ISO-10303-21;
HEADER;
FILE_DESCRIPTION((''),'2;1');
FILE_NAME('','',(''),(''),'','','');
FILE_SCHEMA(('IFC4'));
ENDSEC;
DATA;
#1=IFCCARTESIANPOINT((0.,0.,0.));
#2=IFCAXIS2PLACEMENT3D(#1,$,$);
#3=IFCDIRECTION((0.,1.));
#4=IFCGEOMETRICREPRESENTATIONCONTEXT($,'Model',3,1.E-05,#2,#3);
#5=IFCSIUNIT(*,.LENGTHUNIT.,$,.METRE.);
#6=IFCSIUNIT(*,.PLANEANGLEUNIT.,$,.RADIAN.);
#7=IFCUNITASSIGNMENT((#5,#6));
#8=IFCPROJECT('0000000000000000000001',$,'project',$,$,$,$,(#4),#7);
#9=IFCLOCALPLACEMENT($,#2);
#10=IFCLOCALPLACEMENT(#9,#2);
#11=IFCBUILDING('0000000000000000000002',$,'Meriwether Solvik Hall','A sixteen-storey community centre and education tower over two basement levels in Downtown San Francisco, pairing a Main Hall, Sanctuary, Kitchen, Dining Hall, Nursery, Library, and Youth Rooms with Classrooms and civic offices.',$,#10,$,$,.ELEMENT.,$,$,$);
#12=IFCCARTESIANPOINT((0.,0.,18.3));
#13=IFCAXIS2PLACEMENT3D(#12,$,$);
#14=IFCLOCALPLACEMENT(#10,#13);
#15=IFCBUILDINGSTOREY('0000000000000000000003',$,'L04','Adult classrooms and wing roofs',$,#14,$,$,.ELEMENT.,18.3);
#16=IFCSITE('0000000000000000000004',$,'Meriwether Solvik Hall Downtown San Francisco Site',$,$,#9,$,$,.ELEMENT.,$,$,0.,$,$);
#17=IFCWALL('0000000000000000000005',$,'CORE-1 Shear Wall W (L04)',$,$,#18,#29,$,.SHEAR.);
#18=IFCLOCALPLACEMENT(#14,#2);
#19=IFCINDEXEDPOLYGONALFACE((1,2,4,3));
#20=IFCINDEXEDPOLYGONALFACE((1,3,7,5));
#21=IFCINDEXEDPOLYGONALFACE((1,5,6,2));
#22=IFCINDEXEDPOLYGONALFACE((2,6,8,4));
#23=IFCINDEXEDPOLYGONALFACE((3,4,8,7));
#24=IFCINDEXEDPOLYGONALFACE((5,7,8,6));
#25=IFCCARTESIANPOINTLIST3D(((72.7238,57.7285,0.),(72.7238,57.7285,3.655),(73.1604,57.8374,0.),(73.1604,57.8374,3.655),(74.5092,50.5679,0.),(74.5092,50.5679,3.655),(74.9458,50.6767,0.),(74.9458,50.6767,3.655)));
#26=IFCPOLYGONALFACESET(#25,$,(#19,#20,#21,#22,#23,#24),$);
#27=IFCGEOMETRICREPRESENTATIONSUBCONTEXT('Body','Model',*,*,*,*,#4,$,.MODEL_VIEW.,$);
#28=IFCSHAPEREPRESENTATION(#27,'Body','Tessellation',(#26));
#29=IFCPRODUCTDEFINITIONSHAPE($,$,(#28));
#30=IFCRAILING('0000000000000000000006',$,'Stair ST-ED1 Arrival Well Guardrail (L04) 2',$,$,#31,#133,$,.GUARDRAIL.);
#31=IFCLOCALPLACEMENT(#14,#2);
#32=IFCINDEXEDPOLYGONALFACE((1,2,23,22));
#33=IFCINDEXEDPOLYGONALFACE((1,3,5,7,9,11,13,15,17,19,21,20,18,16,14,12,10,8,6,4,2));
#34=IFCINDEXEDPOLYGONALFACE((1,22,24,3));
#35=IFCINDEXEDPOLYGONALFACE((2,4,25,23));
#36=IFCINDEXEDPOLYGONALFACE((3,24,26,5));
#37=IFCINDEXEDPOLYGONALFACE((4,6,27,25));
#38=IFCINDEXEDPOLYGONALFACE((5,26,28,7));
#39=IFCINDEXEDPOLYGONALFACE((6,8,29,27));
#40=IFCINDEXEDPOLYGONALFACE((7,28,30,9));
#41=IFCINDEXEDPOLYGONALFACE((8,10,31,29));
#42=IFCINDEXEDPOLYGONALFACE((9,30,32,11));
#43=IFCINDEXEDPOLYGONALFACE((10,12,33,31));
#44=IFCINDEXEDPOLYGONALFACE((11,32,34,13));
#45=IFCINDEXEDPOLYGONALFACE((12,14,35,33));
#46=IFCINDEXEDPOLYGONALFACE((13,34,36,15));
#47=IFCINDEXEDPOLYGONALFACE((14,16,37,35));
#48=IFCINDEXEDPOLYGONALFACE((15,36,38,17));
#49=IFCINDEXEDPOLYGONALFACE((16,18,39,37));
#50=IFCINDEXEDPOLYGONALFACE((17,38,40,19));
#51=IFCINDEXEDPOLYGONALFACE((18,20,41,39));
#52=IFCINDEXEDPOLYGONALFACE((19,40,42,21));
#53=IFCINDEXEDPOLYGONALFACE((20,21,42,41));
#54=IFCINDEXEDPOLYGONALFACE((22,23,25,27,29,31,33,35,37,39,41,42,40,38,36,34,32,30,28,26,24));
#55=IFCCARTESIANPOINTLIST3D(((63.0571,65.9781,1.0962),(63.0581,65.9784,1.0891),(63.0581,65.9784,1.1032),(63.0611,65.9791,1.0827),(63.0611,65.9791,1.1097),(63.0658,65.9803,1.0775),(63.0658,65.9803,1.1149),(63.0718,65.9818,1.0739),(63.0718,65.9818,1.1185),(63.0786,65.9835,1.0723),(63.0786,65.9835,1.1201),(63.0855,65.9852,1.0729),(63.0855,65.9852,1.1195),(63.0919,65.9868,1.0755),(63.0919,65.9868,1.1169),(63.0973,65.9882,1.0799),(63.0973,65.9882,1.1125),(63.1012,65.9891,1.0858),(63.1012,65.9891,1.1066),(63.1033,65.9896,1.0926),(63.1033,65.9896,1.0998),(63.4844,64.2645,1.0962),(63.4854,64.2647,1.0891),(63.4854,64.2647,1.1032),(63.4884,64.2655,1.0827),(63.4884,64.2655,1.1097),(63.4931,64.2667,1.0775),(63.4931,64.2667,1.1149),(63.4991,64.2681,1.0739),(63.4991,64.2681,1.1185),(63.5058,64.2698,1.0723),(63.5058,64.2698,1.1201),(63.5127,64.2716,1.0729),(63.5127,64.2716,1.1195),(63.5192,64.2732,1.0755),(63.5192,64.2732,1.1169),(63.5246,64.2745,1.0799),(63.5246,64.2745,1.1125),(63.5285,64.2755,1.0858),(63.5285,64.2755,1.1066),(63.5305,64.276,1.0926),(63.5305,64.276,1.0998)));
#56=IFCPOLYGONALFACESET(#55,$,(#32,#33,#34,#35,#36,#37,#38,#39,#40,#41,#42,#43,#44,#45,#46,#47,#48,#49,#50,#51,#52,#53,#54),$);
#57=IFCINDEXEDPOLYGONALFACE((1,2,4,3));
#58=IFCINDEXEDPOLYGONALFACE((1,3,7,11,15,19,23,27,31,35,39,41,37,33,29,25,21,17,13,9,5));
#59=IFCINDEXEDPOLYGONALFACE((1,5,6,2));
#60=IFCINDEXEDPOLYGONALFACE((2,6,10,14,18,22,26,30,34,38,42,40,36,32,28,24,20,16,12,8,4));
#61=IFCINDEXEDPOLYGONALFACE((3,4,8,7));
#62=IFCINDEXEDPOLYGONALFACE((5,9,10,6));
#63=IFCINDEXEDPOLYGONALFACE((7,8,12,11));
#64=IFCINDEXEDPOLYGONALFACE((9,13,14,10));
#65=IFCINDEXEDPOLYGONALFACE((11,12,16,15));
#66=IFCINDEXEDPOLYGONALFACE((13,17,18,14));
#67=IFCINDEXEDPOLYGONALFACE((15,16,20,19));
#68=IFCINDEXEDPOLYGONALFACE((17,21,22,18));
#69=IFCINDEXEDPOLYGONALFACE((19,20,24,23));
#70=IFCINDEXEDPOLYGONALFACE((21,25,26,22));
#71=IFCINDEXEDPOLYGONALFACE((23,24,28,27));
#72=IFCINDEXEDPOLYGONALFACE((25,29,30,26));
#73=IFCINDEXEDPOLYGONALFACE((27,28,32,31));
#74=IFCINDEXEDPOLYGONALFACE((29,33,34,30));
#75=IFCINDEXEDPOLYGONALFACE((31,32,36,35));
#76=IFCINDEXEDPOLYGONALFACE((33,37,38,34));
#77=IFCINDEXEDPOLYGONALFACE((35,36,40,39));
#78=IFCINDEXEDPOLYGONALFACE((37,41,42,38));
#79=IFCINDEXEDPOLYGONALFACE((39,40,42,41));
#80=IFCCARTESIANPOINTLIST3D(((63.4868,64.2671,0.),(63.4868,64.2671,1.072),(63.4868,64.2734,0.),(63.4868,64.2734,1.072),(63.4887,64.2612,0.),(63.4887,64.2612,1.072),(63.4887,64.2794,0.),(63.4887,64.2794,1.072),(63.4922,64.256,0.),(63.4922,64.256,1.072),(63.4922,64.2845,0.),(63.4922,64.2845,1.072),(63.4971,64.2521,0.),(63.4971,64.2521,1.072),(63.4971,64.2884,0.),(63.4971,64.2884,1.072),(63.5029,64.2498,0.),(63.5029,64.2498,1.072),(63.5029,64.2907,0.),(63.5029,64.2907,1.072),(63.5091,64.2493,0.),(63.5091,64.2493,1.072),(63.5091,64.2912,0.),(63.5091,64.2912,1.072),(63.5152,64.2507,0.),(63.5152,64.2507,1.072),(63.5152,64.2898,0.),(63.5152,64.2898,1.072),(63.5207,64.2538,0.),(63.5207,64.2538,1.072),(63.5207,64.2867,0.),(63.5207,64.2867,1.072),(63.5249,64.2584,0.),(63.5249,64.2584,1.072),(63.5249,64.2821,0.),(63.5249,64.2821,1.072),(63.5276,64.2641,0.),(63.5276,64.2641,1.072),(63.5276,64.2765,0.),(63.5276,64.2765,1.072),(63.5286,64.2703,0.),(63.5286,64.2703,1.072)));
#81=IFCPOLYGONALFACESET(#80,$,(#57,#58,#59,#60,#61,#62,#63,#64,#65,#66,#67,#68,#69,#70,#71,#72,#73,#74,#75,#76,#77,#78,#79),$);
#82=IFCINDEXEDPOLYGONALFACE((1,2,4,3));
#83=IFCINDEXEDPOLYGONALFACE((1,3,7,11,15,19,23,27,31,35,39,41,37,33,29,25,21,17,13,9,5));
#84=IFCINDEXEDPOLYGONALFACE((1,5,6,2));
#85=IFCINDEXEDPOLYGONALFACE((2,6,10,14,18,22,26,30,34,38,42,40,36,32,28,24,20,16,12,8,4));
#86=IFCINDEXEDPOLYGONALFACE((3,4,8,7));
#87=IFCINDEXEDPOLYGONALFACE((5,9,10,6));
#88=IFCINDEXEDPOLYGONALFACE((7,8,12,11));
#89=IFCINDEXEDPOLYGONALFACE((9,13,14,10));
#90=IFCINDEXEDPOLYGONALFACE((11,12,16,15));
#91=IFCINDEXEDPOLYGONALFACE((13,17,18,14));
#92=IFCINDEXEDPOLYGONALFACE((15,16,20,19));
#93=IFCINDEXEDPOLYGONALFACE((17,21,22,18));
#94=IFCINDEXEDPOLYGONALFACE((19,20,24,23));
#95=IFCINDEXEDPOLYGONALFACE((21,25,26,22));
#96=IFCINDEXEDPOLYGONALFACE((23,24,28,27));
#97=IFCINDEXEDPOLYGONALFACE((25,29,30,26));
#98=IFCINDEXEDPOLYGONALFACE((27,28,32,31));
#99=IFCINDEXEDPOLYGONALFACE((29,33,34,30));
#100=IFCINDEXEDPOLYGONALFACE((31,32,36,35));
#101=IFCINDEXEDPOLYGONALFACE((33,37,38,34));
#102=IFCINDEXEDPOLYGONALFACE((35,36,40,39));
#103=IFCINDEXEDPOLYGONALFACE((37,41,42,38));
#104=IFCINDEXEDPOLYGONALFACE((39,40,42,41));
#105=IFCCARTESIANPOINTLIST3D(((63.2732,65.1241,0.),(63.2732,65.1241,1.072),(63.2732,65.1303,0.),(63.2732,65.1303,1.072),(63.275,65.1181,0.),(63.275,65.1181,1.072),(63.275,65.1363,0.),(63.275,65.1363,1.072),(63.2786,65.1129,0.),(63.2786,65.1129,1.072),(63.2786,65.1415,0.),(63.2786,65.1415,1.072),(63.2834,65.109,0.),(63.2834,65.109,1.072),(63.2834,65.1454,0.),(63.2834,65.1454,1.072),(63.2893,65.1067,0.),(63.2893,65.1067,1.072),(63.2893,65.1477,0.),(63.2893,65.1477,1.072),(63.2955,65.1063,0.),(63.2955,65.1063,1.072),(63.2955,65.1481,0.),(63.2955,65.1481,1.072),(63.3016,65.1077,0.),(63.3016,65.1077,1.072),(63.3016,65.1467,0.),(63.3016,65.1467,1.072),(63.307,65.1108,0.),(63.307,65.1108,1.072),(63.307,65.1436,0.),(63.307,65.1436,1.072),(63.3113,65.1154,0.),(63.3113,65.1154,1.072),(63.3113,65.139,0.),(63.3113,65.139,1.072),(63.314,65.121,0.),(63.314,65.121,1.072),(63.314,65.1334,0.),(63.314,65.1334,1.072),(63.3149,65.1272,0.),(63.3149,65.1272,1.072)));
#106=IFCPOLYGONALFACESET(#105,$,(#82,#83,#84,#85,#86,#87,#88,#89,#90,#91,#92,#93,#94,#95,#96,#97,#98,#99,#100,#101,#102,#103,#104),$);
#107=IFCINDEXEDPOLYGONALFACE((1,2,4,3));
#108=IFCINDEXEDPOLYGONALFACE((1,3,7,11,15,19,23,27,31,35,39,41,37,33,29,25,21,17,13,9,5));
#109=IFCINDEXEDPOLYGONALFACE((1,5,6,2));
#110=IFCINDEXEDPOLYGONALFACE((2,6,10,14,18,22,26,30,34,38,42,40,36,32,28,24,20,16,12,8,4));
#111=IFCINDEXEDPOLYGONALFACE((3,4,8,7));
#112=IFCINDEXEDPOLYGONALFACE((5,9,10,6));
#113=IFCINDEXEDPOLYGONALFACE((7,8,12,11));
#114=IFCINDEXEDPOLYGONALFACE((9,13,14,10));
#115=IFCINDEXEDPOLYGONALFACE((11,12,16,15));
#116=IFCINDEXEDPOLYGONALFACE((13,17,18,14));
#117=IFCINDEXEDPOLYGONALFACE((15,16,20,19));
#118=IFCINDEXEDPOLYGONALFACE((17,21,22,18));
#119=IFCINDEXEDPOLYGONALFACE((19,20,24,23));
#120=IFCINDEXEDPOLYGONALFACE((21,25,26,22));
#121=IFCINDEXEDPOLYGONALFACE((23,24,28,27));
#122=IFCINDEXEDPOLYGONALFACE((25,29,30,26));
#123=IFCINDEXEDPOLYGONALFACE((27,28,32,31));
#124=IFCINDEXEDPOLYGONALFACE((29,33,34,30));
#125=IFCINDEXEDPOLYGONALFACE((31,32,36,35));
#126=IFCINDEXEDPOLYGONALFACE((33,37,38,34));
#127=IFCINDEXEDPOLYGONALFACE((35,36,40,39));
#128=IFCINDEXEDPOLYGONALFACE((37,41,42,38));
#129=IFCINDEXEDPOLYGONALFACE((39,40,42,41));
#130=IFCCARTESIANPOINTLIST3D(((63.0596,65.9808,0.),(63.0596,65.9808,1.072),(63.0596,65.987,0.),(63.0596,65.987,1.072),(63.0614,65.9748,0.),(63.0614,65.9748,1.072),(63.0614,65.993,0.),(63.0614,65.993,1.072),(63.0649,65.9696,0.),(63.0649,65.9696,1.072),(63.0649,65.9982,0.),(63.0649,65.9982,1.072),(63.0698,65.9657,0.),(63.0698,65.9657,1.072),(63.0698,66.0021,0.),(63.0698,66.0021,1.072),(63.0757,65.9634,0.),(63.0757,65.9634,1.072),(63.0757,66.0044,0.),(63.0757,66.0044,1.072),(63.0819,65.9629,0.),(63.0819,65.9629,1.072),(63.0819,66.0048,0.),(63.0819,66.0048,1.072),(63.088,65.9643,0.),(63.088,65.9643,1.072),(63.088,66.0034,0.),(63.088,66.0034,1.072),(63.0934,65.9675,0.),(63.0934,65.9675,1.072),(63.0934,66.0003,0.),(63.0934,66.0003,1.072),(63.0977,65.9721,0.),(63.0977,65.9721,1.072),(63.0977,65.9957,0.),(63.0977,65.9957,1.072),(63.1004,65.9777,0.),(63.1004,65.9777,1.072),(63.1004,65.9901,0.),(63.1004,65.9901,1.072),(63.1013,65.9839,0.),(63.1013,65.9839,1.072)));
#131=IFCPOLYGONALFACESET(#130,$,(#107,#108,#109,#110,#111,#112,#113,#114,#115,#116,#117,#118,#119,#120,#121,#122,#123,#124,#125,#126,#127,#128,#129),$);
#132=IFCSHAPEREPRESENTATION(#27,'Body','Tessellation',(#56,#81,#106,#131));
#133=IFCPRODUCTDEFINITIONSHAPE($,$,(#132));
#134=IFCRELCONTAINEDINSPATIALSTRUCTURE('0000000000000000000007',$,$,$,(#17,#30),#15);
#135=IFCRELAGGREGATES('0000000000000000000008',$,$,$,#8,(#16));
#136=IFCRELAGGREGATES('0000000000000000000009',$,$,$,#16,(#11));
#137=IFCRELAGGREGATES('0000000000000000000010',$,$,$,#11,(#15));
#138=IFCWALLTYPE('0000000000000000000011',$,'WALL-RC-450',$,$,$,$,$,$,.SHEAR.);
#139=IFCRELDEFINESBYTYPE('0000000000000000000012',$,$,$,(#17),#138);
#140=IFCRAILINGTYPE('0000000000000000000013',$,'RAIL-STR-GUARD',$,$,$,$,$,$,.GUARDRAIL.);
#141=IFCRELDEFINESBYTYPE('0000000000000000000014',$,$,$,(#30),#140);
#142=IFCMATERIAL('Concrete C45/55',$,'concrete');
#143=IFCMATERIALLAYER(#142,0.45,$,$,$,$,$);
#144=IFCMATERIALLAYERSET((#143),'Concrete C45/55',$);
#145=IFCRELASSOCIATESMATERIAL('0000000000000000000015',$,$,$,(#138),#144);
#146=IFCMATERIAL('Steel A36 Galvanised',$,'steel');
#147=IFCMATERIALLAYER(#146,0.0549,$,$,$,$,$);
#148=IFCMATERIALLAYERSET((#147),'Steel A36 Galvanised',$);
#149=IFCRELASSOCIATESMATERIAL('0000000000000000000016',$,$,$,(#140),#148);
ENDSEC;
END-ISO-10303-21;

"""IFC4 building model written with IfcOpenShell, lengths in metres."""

from ifc_helpers import new_model, si_unit, direction, frame, frame_2d, origin, origin_2d, place, context, subcontext, project, spatial, rectangle, circle, extrude, material, layer, layer_set, type_object, element, save


model = new_model("IFC4")

# Units and contexts
model_context = context("Model", 3, precision=1e-05, world=origin(), true_north=direction((0.0, 1.0)))
body_context = subcontext(model_context, "Body", "Model", "MODEL_VIEW")
ifc_project = project(units=[si_unit("LENGTHUNIT", "METRE"), si_unit("PLANEANGLEUNIT", "RADIAN")], contexts=[model_context])

# Site, building, storey
site_placement = place(None, origin())
site = spatial("IfcSite", under=ifc_project, at=site_placement, Name="Meriwether Solvik Hall Downtown San Francisco Site", CompositionType="ELEMENT", RefElevation=0.0)
building_placement = place(site_placement, origin())
building = spatial("IfcBuilding", under=site, at=building_placement, Name="Meriwether Solvik Hall", Description="A sixteen-storey community centre and education tower over two basement levels in Downtown San Francisco, pairing a Main Hall, Sanctuary, Kitchen, Dining Hall, Nursery, Library, and Youth Rooms with Classrooms and civic offices.", CompositionType="ELEMENT")
storey_placement = place(building_placement, frame((0.0, 0.0, 18.3)))
storey = spatial("IfcBuildingStorey", under=building, at=storey_placement, Name="L04", Description="Adult classrooms and wing roofs", CompositionType="ELEMENT", Elevation=18.3)

# Wall
ifc_material_1 = material(Name="Concrete C45/55", Category="concrete")
ifc_layer_1 = layer(ifc_material_1, 0.45)
ifc_layer_set_1 = layer_set([ifc_layer_1], Name="Concrete C45/55")
wall_type_1 = type_object("IfcWallType", Name="WALL-RC-450", PredefinedType="SHEAR", material=ifc_layer_set_1)
wall_1_placement = place(storey_placement, frame((72.9421, 57.783, 0.0), z_axis=(0.0, 0.0, 1.0), x_axis=(0.241928, -0.970294, 0.0)))
element("IfcWall", 1, at=wall_1_placement, inside=storey, type_object=wall_type_1, Name="CORE-1 Shear Wall W (L04)", PredefinedType="SHEAR", context=body_context, shape_type="SweptSolid", body=[
    extrude(rectangle(XDim=7.3799, YDim=0.45, at=frame_2d((3.6899, 0.0))), origin(), (0.0, 0.0, 1.0), 3.655),
])

# Railing
ifc_material_2 = material(Name="Steel A36 Galvanised", Category="steel")
ifc_layer_2 = layer(ifc_material_2, 0.0549)
ifc_layer_set_2 = layer_set([ifc_layer_2], Name="Steel A36 Galvanised")
railing_type = type_object("IfcRailingType", Name="RAIL-STR-GUARD", PredefinedType="GUARDRAIL", material=ifc_layer_set_2)
railing_1_placement = place(storey_placement, frame((63.5076, 64.2703, 0.0)))
element("IfcRailing", 2, at=railing_1_placement, inside=storey, type_object=railing_type, Name="Stair ST-ED1 Arrival Well Guardrail (L04) 2", PredefinedType="GUARDRAIL", context=body_context, shape_type="SweptSolid", body=[
    extrude(circle(Radius=0.0239, at=origin_2d()), frame((0.0, 0.0, 1.0962), z_axis=(-0.241918, 0.970297, 0.0), x_axis=(-0.970297, -0.241918, 0.0)), (0.0, 0.0, 1.0), 1.7661),
    extrude(circle(Radius=0.021, at=origin_2d()), origin(), (0.0, 0.0, 1.0), 1.072),
    extrude(circle(Radius=0.021, at=origin_2d()), frame((-0.2136, 0.8569, 0.0)), (0.0, 0.0, 1.0), 1.072),
    extrude(circle(Radius=0.021, at=origin_2d()), frame((-0.4272, 1.7136, 0.0)), (0.0, 0.0, 1.0), 1.072),
])

save(model, "model.ifc")
